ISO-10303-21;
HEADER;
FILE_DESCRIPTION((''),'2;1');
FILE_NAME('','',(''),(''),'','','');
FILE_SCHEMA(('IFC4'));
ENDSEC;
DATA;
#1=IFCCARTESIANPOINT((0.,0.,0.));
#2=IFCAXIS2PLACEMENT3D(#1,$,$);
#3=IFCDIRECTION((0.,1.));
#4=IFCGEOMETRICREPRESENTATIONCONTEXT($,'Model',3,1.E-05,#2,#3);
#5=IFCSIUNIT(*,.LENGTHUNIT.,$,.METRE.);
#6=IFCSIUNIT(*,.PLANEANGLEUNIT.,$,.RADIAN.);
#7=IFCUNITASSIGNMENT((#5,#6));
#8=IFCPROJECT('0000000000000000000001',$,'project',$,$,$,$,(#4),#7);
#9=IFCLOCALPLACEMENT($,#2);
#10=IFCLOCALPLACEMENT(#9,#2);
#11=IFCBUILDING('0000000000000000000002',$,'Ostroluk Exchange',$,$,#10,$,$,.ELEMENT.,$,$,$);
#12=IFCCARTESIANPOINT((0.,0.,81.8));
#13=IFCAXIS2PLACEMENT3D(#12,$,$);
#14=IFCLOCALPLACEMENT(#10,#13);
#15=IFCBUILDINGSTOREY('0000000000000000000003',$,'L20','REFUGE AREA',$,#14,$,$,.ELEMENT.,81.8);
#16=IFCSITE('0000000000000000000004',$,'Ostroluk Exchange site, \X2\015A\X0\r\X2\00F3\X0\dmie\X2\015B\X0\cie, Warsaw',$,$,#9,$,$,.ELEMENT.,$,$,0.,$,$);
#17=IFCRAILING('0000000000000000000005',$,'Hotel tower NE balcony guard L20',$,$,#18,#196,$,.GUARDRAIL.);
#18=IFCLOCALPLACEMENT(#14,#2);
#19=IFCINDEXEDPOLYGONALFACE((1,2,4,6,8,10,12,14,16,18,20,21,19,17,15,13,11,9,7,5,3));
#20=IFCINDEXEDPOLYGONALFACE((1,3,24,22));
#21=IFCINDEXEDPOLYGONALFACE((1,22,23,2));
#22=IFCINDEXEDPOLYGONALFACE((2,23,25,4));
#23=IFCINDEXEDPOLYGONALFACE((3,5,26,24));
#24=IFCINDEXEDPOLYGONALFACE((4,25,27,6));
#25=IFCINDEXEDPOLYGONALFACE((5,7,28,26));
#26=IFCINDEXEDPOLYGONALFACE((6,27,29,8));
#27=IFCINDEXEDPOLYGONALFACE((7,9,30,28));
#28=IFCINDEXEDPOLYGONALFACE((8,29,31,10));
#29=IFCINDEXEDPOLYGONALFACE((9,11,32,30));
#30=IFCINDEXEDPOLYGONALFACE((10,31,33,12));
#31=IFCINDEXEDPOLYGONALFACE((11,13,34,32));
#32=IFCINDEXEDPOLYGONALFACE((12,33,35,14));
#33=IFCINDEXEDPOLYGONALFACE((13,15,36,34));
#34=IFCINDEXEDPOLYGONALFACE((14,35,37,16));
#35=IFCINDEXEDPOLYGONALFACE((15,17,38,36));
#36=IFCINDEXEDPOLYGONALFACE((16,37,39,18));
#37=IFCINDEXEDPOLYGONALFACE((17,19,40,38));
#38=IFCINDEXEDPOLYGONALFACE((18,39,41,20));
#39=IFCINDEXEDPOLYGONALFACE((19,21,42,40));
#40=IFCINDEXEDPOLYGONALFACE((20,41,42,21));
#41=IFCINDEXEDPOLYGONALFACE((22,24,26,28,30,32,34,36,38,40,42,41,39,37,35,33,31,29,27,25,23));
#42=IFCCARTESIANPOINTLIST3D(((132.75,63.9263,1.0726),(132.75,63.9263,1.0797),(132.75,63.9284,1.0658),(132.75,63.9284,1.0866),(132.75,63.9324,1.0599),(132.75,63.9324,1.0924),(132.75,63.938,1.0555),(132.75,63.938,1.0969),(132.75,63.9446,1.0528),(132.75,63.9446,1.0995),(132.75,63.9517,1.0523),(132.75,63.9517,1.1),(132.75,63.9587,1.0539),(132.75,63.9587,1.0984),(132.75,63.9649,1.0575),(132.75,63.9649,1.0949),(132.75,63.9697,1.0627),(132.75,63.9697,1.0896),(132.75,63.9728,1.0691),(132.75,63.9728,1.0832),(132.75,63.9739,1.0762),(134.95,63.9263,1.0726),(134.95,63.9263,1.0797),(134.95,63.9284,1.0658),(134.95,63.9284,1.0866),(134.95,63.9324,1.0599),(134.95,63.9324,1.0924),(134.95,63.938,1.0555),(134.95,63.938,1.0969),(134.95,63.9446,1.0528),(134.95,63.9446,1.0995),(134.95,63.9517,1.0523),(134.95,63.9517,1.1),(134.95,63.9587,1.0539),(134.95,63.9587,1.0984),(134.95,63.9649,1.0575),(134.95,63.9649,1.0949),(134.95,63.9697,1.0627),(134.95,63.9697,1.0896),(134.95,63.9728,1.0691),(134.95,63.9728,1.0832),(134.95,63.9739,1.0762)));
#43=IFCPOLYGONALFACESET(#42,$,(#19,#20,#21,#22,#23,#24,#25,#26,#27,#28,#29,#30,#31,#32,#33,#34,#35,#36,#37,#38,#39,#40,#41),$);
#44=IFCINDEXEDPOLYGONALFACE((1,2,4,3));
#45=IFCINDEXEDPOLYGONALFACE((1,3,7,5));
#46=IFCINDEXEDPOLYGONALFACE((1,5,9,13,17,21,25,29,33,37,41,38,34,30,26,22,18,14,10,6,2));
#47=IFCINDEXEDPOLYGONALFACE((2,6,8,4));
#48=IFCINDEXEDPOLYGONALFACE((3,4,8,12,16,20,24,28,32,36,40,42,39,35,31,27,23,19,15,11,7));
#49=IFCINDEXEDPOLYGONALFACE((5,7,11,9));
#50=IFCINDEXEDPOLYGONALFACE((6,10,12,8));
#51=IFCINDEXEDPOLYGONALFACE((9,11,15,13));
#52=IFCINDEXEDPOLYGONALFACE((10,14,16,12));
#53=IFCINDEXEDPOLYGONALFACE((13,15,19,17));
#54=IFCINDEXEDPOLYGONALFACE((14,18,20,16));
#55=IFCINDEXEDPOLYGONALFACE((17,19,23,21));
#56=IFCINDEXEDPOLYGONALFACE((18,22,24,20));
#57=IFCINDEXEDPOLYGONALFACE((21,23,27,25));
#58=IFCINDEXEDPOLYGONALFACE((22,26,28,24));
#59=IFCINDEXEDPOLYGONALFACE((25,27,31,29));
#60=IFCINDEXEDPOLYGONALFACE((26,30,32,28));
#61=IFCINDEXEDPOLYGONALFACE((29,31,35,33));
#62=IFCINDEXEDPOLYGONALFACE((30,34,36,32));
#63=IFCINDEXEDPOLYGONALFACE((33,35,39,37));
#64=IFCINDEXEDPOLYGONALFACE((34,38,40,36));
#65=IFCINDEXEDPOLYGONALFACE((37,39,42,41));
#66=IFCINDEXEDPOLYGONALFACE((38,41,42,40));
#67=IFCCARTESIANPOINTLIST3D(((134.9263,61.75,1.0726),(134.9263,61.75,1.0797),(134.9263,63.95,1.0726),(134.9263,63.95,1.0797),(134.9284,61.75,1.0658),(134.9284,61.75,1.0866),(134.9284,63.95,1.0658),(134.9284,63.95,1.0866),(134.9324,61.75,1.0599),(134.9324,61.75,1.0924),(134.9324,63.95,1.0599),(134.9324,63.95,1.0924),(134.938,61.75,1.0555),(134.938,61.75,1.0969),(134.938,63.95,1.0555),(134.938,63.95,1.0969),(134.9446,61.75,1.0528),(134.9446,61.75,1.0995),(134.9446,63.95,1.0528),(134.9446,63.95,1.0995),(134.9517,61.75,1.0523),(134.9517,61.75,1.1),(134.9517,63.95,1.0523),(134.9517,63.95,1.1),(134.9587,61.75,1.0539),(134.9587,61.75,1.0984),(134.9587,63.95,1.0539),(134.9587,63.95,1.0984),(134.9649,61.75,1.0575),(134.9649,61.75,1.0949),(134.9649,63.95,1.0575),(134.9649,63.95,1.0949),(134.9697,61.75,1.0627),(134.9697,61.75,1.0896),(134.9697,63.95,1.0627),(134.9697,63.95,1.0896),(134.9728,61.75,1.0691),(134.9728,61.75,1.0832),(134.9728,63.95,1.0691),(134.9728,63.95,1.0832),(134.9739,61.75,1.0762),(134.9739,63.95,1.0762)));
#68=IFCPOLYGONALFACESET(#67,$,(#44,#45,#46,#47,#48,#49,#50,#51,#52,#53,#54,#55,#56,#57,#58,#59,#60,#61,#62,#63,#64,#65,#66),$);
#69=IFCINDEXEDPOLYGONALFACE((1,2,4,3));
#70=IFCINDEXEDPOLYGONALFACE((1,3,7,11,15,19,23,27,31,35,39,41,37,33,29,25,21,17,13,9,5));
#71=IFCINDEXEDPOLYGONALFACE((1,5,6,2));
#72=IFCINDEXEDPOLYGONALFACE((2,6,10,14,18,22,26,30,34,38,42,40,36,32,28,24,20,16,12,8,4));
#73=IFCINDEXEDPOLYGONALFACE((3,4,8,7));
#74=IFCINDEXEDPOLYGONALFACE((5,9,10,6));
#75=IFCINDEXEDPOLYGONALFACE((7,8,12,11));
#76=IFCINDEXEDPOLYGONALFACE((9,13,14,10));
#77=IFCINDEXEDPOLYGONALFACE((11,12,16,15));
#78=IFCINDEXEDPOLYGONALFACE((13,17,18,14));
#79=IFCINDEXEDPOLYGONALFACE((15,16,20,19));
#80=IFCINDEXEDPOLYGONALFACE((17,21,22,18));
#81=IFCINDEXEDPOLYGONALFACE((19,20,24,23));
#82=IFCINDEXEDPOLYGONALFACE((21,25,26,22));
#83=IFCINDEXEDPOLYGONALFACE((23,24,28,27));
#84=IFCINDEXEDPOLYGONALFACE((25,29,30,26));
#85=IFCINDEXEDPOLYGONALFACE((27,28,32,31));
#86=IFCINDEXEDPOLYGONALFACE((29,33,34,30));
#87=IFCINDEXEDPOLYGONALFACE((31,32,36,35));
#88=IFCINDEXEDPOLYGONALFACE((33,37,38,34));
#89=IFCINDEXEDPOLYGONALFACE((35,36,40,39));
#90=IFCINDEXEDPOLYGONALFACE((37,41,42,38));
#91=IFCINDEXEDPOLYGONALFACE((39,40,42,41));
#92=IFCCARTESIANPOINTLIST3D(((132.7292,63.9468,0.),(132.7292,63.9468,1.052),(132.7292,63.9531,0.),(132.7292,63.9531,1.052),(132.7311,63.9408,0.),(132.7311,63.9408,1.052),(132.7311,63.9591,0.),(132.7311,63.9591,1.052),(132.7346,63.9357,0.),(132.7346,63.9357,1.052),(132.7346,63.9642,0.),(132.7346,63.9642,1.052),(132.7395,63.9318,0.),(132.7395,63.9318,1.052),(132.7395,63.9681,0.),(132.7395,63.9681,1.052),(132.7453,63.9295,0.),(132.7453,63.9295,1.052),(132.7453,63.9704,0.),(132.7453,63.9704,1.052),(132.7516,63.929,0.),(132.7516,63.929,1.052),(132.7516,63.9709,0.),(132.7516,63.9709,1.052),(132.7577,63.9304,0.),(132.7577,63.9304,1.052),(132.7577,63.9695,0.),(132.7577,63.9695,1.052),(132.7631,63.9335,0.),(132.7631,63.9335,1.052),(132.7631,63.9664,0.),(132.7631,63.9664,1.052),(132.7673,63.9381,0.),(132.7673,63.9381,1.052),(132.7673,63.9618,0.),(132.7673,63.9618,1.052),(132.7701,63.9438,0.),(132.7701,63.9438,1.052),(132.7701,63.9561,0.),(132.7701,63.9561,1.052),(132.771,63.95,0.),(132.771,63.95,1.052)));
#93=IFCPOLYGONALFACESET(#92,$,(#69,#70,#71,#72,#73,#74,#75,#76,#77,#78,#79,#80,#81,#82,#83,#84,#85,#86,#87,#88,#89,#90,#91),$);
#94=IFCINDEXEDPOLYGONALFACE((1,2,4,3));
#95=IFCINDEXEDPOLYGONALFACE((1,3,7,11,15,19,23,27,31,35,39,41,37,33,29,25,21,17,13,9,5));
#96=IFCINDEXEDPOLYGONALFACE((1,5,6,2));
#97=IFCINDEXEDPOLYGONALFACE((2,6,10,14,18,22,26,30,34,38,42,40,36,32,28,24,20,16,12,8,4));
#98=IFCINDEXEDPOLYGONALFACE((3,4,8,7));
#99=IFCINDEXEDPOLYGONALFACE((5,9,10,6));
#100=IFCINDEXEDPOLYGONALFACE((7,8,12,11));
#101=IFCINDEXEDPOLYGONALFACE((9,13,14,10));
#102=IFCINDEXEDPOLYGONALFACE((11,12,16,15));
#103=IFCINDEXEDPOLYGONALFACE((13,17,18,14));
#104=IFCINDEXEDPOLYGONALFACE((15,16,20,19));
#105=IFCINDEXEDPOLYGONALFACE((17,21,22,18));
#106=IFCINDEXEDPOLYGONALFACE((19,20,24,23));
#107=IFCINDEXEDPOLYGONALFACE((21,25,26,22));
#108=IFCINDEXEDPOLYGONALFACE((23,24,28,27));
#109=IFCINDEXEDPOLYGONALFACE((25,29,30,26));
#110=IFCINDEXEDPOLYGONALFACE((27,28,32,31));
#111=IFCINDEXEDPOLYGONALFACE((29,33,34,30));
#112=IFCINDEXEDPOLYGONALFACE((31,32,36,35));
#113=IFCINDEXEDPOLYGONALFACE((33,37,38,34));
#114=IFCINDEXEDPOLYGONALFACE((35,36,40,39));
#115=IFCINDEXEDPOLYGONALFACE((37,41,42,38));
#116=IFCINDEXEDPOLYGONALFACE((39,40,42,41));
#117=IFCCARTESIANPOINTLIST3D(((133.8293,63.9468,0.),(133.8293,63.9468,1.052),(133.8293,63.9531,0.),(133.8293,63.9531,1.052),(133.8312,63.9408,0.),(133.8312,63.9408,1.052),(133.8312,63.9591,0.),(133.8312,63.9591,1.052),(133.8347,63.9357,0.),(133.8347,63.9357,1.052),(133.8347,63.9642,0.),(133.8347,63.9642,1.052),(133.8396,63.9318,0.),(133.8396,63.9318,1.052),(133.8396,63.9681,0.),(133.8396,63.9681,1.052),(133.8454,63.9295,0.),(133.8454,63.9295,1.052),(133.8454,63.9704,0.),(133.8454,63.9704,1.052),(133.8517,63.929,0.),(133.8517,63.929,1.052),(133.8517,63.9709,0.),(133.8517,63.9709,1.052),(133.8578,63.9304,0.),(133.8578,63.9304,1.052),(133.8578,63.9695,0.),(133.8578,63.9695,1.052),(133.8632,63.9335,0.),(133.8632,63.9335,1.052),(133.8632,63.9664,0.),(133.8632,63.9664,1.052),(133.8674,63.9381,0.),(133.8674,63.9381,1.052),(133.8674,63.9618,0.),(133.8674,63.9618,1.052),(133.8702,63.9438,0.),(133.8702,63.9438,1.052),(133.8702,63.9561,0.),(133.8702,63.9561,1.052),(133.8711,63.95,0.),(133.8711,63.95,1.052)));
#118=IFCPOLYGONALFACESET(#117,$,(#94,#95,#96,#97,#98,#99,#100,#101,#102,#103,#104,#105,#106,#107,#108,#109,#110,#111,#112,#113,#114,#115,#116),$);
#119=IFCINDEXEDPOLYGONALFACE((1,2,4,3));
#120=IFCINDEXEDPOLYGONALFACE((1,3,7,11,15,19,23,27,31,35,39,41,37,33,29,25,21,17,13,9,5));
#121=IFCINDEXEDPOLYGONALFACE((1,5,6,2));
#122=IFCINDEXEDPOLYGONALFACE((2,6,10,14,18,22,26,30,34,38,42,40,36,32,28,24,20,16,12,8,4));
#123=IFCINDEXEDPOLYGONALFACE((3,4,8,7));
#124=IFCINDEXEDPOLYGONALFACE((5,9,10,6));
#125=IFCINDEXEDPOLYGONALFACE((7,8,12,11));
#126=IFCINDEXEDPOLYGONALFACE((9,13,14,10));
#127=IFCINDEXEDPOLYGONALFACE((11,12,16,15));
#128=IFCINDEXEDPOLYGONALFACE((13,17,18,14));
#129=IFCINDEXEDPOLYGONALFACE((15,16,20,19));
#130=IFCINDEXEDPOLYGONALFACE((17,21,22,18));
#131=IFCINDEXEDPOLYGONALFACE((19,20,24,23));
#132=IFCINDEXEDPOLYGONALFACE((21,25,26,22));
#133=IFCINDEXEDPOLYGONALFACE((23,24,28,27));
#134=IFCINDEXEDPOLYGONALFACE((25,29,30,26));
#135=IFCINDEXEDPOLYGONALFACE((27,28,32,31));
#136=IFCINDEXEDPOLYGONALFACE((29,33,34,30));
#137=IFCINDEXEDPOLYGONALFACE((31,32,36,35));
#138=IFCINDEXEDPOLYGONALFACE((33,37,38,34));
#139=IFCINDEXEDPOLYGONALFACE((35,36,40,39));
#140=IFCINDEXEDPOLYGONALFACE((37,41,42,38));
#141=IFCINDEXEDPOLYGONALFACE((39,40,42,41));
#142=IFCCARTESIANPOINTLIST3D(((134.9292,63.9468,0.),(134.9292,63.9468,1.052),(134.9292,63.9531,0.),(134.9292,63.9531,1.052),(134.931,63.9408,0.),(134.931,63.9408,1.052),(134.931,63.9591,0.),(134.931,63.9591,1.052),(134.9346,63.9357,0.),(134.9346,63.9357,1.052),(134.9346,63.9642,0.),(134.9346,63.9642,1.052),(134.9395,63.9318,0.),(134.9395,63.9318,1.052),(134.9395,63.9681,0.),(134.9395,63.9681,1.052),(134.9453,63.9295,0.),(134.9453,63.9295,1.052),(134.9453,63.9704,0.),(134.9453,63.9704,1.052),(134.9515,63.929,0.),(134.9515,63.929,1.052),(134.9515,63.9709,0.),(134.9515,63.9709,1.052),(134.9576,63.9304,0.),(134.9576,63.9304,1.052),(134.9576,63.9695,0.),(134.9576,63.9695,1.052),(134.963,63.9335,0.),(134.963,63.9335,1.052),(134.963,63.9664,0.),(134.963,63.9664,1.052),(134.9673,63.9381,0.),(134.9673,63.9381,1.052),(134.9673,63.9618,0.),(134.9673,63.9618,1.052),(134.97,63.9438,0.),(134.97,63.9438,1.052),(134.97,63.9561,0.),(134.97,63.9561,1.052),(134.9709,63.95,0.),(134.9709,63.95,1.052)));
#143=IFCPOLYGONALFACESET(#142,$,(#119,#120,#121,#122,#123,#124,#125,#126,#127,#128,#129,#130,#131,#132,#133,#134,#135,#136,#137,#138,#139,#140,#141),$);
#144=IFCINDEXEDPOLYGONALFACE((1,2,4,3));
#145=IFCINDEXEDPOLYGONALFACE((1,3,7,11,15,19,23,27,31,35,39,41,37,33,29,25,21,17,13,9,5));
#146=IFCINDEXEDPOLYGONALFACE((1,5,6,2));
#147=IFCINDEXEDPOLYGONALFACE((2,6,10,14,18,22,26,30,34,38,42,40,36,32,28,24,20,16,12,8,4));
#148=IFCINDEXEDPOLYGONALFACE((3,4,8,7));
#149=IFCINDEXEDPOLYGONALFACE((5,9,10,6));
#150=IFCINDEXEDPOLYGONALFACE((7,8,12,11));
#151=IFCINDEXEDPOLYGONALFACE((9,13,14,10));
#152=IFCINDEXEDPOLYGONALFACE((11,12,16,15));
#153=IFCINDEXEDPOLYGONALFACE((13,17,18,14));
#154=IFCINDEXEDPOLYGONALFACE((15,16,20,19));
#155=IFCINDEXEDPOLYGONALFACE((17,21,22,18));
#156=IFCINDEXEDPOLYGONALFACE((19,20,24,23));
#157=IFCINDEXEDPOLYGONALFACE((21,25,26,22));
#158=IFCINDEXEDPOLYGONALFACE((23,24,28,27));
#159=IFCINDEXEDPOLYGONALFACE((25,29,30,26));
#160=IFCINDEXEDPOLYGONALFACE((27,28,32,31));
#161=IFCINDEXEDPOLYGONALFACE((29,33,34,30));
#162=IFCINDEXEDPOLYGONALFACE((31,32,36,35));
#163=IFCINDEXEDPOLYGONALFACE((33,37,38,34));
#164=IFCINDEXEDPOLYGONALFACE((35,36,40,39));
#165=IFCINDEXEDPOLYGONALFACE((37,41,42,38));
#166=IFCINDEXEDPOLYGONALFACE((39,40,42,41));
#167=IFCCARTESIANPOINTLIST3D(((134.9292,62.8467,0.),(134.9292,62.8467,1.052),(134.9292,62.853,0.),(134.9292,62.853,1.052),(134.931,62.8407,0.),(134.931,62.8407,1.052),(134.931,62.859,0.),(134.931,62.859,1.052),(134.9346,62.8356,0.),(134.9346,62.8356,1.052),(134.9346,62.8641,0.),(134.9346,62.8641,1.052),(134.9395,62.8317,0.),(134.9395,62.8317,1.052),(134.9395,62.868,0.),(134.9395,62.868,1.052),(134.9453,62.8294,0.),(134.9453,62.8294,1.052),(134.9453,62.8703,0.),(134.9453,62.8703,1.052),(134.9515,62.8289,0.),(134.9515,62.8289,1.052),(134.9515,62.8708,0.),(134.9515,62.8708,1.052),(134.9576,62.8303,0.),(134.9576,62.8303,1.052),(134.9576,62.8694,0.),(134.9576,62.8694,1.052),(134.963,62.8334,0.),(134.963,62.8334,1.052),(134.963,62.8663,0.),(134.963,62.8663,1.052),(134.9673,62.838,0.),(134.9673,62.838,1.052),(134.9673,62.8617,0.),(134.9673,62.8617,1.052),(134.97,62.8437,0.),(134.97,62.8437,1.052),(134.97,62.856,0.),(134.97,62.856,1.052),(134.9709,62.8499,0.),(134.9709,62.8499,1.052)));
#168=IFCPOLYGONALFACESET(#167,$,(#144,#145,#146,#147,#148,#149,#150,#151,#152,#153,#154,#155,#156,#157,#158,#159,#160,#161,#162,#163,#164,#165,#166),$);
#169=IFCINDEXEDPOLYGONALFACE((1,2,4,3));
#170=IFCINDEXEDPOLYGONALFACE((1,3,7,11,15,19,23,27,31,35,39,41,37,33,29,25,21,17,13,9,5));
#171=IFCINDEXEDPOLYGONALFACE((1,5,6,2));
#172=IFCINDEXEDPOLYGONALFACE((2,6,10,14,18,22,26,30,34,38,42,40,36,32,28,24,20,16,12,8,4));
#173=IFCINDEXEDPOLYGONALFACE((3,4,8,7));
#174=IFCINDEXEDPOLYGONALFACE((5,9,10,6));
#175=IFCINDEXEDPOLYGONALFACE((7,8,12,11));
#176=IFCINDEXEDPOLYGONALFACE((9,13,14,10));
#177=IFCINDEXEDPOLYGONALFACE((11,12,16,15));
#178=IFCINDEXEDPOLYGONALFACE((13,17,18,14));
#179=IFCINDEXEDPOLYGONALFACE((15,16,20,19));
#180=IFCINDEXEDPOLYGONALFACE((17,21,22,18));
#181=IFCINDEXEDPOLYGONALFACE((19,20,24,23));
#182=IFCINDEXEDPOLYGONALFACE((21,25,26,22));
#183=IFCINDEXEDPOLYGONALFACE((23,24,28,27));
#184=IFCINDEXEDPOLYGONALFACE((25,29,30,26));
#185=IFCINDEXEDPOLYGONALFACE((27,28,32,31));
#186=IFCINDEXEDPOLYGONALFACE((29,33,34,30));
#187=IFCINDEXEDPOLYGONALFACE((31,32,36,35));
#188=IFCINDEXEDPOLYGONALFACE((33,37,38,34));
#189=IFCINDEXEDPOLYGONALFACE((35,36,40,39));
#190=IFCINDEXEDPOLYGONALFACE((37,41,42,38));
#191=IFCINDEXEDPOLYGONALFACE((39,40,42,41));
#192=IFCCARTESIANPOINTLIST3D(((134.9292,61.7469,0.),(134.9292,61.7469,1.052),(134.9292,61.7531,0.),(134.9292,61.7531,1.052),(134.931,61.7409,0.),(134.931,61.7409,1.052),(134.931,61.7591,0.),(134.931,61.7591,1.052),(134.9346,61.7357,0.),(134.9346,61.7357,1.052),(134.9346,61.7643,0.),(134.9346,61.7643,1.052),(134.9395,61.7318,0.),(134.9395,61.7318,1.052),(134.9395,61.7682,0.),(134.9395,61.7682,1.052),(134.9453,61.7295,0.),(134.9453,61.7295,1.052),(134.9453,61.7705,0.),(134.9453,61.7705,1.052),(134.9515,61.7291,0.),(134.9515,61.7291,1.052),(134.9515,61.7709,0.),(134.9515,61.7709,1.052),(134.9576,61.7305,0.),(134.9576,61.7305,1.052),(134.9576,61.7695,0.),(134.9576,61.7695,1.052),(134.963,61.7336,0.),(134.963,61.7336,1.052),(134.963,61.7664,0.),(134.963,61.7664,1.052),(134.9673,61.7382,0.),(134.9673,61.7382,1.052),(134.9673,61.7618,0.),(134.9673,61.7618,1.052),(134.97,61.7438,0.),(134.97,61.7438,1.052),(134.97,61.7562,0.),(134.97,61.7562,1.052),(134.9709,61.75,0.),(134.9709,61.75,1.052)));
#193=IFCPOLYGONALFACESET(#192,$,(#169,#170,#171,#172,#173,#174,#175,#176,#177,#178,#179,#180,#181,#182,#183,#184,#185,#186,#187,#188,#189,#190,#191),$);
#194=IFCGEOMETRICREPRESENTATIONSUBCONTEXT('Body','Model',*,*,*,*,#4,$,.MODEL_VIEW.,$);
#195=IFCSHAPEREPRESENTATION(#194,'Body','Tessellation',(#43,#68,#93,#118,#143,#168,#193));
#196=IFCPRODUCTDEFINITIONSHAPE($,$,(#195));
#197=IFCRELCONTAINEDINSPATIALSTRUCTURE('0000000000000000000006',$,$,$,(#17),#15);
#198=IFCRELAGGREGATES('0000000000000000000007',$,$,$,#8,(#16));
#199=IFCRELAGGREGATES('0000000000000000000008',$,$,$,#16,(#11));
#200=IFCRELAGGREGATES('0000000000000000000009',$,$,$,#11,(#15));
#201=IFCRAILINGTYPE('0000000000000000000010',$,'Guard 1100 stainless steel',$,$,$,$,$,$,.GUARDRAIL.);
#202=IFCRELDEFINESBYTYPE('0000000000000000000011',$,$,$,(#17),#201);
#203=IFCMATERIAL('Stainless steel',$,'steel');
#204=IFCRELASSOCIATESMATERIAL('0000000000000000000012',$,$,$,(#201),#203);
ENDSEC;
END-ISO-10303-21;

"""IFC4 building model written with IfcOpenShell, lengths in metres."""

from ifc_helpers import new_model, si_unit, direction, frame, origin, origin_2d, place, context, subcontext, project, spatial, circle, extrude, material, type_object, element, save


model = new_model("IFC4")

# Units and contexts
model_context = context("Model", 3, precision=1e-05, world=origin(), true_north=direction((0.0, 1.0)))
body_context = subcontext(model_context, "Body", "Model", "MODEL_VIEW")
ifc_project = project(units=[si_unit("LENGTHUNIT", "METRE"), si_unit("PLANEANGLEUNIT", "RADIAN")], contexts=[model_context])

# Site, building, storey
site_placement = place(None, origin())
site = spatial("IfcSite", under=ifc_project, at=site_placement, Name="Ostroluk Exchange site, Śródmieście, Warsaw", CompositionType="ELEMENT", RefElevation=0.0)
building_placement = place(site_placement, origin())
building = spatial("IfcBuilding", under=site, at=building_placement, Name="Ostroluk Exchange", CompositionType="ELEMENT")
storey_placement = place(building_placement, frame((0.0, 0.0, 81.8)))
storey = spatial("IfcBuildingStorey", under=building, at=storey_placement, Name="L20", Description="REFUGE AREA", CompositionType="ELEMENT", Elevation=81.8)

# Railing
ifc_material_1 = material(Name="Stainless steel", Category="steel")
railing_type_1 = type_object("IfcRailingType", Name="Guard 1100 stainless steel", PredefinedType="GUARDRAIL", material=ifc_material_1)
railing_1_placement = place(storey_placement, frame((132.75, 63.95, 0.0)))
element("IfcRailing", 1, at=railing_1_placement, inside=storey, type_object=railing_type_1, Name="Hotel tower NE balcony guard L20", PredefinedType="GUARDRAIL", context=body_context, shape_type="SweptSolid", body=[
    extrude(circle(Radius=0.0239, at=origin_2d()), frame((0.0, 0.0, 1.0762), z_axis=(1.0, 0.0, 0.0), x_axis=(0.0, 1.0, 0.0)), (0.0, 0.0, 1.0), 2.2),
    extrude(circle(Radius=0.0239, at=origin_2d()), frame((2.2, 0.0, 1.0762), z_axis=(0.0, -1.0, 0.0), x_axis=(1.0, 0.0, 0.0)), (0.0, 0.0, 1.0), 2.2),
    extrude(circle(Radius=0.021, at=origin_2d()), origin(), (0.0, 0.0, 1.0), 1.052),
    extrude(circle(Radius=0.021, at=origin_2d()), frame((1.1001, 0.0, 0.0)), (0.0, 0.0, 1.0), 1.052),
    extrude(circle(Radius=0.021, at=origin_2d()), frame((2.2, 0.0, 0.0)), (0.0, 0.0, 1.0), 1.052),
    extrude(circle(Radius=0.021, at=origin_2d()), frame((2.2, -1.1001, 0.0)), (0.0, 0.0, 1.0), 1.052),
    extrude(circle(Radius=0.021, at=origin_2d()), frame((2.2, -2.2, 0.0)), (0.0, 0.0, 1.0), 1.052),
])

save(model, "model.ifc")
